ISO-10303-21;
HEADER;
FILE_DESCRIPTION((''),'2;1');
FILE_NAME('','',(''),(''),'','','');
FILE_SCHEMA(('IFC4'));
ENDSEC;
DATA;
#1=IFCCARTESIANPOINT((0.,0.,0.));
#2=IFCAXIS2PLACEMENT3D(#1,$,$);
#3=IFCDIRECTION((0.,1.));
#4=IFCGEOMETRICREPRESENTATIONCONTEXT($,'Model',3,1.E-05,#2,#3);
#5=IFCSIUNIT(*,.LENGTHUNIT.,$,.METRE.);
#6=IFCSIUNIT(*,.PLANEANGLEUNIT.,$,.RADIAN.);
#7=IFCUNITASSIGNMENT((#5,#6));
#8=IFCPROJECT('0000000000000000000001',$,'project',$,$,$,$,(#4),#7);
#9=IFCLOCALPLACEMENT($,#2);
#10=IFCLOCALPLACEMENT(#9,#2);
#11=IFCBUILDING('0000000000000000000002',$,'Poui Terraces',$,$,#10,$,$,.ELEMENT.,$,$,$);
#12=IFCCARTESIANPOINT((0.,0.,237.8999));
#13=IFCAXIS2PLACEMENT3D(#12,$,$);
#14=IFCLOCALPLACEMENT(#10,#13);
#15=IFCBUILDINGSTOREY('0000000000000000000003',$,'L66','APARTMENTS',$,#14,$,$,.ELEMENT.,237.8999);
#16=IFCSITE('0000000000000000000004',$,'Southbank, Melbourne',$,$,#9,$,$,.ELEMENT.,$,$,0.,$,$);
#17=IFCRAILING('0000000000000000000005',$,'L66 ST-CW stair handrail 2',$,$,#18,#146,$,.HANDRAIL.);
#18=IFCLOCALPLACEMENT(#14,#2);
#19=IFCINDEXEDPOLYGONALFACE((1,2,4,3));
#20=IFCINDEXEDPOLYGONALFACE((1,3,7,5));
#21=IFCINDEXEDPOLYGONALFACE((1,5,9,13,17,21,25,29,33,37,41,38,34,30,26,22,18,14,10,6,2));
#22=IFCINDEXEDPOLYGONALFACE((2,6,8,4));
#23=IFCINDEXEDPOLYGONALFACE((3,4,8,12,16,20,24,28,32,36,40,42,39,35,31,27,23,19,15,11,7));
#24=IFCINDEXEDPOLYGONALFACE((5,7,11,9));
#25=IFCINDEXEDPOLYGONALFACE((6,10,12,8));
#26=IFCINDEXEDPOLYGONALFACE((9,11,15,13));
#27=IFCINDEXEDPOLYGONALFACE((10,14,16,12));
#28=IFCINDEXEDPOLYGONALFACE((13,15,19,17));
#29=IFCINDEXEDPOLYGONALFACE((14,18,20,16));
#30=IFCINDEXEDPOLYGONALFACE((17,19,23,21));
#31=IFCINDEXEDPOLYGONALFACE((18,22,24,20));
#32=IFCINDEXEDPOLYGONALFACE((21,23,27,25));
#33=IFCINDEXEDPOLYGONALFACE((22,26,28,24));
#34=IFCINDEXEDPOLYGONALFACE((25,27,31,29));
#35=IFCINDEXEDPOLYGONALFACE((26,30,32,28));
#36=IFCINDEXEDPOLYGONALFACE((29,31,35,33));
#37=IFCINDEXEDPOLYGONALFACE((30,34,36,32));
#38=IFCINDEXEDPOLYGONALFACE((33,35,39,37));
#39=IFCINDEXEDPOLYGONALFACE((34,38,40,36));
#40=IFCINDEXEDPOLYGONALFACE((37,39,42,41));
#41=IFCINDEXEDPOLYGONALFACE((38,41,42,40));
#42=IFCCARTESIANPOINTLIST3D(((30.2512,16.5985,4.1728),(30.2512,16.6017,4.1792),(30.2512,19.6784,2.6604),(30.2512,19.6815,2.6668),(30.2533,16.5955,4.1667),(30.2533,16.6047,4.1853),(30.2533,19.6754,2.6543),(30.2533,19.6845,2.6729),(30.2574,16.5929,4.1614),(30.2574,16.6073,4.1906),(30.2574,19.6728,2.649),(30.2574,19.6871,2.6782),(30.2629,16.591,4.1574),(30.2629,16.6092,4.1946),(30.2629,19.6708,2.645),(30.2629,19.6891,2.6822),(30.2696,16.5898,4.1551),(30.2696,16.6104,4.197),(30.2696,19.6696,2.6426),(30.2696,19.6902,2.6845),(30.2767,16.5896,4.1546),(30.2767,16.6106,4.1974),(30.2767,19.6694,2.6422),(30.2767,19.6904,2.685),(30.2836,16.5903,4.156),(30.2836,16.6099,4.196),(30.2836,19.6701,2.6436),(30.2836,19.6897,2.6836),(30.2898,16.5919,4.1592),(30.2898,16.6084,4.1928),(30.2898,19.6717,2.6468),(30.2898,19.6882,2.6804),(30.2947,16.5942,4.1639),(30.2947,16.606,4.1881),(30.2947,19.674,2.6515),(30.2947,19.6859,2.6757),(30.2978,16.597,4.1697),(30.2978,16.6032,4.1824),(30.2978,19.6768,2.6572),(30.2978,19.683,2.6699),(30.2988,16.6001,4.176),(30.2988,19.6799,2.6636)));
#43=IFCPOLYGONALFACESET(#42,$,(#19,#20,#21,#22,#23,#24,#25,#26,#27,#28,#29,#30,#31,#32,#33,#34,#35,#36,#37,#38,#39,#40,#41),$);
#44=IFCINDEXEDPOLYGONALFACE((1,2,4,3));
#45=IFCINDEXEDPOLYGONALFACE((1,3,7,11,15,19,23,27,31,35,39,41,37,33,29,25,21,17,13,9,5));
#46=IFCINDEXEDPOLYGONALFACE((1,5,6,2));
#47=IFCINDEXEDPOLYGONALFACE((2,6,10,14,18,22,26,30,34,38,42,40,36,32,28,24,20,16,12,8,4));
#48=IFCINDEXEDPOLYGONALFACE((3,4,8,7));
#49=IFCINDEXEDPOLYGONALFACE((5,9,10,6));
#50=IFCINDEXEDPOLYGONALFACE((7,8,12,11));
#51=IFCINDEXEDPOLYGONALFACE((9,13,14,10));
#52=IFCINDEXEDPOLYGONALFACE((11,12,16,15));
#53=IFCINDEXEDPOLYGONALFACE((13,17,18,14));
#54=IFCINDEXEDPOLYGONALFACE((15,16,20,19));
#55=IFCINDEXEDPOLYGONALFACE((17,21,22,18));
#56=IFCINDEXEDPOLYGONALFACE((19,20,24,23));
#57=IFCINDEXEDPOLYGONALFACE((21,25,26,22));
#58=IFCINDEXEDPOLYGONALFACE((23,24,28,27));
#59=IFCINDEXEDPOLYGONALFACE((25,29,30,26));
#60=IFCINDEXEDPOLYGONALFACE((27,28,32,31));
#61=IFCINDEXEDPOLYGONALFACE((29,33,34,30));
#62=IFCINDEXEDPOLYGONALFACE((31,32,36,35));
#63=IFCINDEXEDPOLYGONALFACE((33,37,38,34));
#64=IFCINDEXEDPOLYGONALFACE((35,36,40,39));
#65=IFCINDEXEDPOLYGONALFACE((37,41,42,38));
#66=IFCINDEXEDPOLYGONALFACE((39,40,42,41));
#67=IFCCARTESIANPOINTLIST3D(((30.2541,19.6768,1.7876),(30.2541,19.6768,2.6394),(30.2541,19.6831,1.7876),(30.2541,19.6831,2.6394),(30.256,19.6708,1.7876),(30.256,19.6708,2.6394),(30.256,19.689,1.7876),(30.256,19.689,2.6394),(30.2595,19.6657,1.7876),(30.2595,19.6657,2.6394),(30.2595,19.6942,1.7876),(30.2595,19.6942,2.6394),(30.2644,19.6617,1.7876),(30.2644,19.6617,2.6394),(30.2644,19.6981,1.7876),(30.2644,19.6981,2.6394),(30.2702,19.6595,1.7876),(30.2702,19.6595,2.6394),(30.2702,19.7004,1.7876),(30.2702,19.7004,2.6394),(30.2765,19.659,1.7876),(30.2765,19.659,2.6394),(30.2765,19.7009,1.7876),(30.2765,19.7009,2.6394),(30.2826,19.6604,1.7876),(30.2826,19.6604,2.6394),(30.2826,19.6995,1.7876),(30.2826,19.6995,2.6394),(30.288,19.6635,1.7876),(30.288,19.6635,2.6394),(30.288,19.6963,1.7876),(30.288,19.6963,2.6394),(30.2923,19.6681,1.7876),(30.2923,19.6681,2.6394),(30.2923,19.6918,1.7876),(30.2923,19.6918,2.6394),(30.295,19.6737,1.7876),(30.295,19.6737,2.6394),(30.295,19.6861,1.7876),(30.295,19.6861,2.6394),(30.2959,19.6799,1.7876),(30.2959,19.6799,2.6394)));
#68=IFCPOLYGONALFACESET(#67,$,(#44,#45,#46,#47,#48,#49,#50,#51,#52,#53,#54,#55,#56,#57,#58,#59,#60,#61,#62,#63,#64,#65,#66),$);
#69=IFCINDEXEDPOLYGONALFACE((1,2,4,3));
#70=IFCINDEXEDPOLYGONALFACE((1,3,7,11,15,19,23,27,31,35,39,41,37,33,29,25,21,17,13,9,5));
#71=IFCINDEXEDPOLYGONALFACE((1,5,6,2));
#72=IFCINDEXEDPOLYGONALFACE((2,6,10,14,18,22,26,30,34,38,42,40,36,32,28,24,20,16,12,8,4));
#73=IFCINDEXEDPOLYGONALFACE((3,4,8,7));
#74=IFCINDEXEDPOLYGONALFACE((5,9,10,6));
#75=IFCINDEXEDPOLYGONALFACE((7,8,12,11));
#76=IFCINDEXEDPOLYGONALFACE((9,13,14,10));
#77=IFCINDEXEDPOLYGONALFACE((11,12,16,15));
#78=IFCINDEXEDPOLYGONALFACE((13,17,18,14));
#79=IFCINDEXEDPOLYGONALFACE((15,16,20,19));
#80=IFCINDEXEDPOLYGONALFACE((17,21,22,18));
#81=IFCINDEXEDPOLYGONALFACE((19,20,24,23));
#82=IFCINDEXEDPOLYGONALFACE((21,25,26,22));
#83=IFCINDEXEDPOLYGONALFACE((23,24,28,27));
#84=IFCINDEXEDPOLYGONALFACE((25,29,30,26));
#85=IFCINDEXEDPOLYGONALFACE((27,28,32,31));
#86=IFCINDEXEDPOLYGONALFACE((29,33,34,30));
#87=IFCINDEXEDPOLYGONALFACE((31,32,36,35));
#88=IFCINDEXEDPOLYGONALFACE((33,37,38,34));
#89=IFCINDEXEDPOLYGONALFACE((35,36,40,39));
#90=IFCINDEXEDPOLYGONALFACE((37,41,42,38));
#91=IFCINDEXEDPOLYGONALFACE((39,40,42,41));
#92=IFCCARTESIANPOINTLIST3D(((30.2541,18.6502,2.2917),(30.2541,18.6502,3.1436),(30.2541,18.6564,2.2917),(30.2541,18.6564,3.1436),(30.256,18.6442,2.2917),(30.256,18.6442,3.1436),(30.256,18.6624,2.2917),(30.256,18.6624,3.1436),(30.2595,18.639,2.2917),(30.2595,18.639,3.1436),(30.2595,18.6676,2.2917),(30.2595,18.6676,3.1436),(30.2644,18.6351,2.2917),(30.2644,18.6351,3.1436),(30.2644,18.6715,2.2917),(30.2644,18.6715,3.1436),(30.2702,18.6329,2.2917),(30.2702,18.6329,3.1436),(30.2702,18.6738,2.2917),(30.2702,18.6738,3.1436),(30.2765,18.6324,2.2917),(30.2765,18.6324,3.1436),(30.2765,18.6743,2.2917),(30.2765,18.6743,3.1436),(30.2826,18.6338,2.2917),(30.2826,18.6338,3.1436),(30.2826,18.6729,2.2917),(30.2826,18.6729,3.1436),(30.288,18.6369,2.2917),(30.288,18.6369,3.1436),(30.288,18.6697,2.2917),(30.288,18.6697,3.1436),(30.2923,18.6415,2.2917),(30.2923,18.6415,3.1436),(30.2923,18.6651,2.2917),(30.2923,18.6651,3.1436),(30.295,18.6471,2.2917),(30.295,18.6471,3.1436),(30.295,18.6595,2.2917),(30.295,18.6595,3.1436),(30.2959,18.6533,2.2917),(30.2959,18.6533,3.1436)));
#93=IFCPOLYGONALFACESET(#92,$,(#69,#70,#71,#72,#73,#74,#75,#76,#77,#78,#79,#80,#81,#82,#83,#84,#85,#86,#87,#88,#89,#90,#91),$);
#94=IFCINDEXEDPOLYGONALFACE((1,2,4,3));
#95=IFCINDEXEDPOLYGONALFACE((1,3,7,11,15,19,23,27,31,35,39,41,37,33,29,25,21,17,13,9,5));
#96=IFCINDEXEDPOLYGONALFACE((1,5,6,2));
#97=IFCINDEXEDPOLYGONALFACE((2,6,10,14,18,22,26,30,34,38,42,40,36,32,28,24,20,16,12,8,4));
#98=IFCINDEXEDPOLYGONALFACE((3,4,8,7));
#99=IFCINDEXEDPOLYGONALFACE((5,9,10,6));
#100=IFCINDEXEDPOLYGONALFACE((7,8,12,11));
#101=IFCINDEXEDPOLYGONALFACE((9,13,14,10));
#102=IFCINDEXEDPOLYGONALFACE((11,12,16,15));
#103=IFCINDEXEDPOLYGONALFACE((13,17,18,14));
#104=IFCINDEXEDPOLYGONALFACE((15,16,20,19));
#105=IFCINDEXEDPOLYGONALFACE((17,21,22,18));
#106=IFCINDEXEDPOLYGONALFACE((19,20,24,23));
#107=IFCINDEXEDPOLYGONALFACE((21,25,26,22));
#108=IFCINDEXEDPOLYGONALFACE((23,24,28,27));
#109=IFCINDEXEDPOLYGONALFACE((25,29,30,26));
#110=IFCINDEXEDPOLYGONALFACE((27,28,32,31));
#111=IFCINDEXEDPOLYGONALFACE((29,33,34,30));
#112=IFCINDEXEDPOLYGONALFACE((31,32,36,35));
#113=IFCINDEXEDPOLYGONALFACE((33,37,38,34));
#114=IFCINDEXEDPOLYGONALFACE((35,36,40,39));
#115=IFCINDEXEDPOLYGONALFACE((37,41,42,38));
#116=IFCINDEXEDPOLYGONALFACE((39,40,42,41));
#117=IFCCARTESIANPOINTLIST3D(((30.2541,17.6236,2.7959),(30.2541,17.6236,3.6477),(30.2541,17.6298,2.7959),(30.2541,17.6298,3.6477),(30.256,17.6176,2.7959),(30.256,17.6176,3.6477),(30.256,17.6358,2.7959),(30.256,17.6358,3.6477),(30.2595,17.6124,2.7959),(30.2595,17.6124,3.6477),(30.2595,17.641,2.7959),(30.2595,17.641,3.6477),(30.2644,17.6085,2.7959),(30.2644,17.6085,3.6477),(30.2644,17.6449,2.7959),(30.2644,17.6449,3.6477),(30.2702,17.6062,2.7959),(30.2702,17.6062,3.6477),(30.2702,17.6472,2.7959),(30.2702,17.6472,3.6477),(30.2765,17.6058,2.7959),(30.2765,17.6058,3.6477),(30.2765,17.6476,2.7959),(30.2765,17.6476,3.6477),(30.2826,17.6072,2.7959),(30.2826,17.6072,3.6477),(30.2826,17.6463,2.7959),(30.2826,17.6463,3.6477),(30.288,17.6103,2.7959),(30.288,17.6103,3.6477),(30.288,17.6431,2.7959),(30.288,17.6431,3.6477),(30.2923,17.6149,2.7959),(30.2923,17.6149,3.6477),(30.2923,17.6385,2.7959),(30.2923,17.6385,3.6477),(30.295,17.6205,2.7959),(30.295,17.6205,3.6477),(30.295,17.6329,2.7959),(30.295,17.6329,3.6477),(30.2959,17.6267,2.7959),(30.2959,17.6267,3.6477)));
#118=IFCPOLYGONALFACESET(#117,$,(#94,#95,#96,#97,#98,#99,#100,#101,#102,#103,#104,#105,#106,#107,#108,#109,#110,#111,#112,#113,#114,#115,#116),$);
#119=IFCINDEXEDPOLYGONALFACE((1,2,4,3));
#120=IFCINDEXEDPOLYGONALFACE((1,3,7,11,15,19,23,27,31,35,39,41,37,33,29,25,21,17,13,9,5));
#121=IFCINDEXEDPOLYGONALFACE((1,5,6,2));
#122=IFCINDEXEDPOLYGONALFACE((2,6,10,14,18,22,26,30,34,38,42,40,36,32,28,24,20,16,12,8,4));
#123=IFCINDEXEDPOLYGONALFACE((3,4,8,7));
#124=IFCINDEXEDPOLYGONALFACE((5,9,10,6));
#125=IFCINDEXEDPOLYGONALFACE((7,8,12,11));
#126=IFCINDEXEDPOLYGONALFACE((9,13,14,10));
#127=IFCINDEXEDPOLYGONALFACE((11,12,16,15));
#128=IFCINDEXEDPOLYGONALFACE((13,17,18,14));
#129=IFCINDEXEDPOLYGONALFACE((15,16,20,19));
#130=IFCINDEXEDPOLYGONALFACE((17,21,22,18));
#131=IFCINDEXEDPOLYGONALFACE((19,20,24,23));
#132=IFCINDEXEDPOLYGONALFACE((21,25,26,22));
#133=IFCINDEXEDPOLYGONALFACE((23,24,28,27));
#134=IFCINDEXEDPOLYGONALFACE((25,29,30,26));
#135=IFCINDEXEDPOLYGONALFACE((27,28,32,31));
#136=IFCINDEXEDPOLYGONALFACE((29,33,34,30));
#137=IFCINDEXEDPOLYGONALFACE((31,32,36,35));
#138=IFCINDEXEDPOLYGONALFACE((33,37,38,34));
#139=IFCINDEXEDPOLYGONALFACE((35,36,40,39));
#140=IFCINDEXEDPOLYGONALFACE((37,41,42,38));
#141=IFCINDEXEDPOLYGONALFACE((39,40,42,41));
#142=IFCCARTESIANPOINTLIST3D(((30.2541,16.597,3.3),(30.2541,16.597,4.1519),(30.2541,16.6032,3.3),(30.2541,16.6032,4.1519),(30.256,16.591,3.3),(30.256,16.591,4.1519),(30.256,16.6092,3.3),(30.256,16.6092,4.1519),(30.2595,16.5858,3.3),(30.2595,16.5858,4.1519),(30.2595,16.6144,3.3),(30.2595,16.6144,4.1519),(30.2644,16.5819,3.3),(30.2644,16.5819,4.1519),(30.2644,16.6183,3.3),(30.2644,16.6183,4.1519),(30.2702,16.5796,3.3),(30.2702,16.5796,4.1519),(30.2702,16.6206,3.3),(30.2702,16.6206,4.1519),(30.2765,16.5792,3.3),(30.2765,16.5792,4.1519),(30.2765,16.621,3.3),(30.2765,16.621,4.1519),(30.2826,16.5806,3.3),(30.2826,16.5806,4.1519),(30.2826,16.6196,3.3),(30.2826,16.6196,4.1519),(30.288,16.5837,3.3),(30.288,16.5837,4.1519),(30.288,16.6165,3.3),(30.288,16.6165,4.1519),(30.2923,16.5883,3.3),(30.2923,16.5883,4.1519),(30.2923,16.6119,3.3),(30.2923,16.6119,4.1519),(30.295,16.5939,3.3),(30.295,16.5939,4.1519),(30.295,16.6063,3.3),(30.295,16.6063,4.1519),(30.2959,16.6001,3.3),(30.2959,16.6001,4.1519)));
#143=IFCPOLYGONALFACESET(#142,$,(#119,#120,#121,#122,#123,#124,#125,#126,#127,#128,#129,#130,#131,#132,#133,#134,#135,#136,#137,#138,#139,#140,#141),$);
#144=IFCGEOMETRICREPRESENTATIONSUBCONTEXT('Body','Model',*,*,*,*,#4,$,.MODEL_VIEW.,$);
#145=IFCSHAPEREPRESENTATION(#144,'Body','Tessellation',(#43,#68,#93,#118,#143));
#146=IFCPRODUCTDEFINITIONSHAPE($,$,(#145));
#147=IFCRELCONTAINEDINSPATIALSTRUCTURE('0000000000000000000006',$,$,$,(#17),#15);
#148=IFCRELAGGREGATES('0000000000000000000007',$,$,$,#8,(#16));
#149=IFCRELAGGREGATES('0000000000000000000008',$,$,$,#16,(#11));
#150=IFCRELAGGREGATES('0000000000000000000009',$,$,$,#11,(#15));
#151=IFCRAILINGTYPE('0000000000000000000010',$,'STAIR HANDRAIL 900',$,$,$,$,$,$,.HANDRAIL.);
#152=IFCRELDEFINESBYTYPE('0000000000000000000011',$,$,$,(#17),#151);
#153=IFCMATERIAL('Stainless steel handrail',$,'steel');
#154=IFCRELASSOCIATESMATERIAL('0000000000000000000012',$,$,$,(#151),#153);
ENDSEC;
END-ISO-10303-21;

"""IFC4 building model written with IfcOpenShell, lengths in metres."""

from ifc_helpers import new_model, si_unit, direction, frame, origin, origin_2d, place, context, subcontext, project, spatial, circle, extrude, material, type_object, element, save


model = new_model("IFC4")

# Units and contexts
model_context = context("Model", 3, precision=1e-05, world=origin(), true_north=direction((0.0, 1.0)))
body_context = subcontext(model_context, "Body", "Model", "MODEL_VIEW")
ifc_project = project(units=[si_unit("LENGTHUNIT", "METRE"), si_unit("PLANEANGLEUNIT", "RADIAN")], contexts=[model_context])

# Site, building, storey
site_placement = place(None, origin())
site = spatial("IfcSite", under=ifc_project, at=site_placement, Name="Southbank, Melbourne", CompositionType="ELEMENT", RefElevation=0.0)
building_placement = place(site_placement, origin())
building = spatial("IfcBuilding", under=site, at=building_placement, Name="Poui Terraces", CompositionType="ELEMENT")
storey_placement = place(building_placement, frame((0.0, 0.0, 237.8999)))
storey = spatial("IfcBuildingStorey", under=building, at=storey_placement, Name="L66", Description="APARTMENTS", CompositionType="ELEMENT", Elevation=237.8999)

# Railing
ifc_material_1 = material(Name="Stainless steel handrail", Category="steel")
railing_type_1 = type_object("IfcRailingType", Name="STAIR HANDRAIL 900", PredefinedType="HANDRAIL", material=ifc_material_1)
railing_1_placement = place(storey_placement, frame((30.2749, 19.6799, 1.7876)))
element("IfcRailing", 1, at=railing_1_placement, inside=storey, type_object=railing_type_1, Name="L66 ST-CW stair handrail 2", PredefinedType="HANDRAIL", context=body_context, shape_type="SweptSolid", body=[
    extrude(circle(Radius=0.0239, at=origin_2d()), frame((0.0, 0.0, 0.876), z_axis=(0.0, -0.897606, 0.440798), x_axis=(1.0, 0.0, 0.0)), (0.0, 0.0, 1.0), 3.4312),
    extrude(circle(Radius=0.021, at=origin_2d()), origin(), (0.0, 0.0, 1.0), 0.8518),
    extrude(circle(Radius=0.021, at=origin_2d()), frame((0.0, -1.0266, 0.5042)), (0.0, 0.0, 1.0), 0.8518),
    extrude(circle(Radius=0.021, at=origin_2d()), frame((0.0, -2.0532, 1.0083)), (0.0, 0.0, 1.0), 0.8518),
    extrude(circle(Radius=0.021, at=origin_2d()), frame((0.0, -3.0798, 1.5125)), (0.0, 0.0, 1.0), 0.8518),
])

save(model, "model.ifc")
